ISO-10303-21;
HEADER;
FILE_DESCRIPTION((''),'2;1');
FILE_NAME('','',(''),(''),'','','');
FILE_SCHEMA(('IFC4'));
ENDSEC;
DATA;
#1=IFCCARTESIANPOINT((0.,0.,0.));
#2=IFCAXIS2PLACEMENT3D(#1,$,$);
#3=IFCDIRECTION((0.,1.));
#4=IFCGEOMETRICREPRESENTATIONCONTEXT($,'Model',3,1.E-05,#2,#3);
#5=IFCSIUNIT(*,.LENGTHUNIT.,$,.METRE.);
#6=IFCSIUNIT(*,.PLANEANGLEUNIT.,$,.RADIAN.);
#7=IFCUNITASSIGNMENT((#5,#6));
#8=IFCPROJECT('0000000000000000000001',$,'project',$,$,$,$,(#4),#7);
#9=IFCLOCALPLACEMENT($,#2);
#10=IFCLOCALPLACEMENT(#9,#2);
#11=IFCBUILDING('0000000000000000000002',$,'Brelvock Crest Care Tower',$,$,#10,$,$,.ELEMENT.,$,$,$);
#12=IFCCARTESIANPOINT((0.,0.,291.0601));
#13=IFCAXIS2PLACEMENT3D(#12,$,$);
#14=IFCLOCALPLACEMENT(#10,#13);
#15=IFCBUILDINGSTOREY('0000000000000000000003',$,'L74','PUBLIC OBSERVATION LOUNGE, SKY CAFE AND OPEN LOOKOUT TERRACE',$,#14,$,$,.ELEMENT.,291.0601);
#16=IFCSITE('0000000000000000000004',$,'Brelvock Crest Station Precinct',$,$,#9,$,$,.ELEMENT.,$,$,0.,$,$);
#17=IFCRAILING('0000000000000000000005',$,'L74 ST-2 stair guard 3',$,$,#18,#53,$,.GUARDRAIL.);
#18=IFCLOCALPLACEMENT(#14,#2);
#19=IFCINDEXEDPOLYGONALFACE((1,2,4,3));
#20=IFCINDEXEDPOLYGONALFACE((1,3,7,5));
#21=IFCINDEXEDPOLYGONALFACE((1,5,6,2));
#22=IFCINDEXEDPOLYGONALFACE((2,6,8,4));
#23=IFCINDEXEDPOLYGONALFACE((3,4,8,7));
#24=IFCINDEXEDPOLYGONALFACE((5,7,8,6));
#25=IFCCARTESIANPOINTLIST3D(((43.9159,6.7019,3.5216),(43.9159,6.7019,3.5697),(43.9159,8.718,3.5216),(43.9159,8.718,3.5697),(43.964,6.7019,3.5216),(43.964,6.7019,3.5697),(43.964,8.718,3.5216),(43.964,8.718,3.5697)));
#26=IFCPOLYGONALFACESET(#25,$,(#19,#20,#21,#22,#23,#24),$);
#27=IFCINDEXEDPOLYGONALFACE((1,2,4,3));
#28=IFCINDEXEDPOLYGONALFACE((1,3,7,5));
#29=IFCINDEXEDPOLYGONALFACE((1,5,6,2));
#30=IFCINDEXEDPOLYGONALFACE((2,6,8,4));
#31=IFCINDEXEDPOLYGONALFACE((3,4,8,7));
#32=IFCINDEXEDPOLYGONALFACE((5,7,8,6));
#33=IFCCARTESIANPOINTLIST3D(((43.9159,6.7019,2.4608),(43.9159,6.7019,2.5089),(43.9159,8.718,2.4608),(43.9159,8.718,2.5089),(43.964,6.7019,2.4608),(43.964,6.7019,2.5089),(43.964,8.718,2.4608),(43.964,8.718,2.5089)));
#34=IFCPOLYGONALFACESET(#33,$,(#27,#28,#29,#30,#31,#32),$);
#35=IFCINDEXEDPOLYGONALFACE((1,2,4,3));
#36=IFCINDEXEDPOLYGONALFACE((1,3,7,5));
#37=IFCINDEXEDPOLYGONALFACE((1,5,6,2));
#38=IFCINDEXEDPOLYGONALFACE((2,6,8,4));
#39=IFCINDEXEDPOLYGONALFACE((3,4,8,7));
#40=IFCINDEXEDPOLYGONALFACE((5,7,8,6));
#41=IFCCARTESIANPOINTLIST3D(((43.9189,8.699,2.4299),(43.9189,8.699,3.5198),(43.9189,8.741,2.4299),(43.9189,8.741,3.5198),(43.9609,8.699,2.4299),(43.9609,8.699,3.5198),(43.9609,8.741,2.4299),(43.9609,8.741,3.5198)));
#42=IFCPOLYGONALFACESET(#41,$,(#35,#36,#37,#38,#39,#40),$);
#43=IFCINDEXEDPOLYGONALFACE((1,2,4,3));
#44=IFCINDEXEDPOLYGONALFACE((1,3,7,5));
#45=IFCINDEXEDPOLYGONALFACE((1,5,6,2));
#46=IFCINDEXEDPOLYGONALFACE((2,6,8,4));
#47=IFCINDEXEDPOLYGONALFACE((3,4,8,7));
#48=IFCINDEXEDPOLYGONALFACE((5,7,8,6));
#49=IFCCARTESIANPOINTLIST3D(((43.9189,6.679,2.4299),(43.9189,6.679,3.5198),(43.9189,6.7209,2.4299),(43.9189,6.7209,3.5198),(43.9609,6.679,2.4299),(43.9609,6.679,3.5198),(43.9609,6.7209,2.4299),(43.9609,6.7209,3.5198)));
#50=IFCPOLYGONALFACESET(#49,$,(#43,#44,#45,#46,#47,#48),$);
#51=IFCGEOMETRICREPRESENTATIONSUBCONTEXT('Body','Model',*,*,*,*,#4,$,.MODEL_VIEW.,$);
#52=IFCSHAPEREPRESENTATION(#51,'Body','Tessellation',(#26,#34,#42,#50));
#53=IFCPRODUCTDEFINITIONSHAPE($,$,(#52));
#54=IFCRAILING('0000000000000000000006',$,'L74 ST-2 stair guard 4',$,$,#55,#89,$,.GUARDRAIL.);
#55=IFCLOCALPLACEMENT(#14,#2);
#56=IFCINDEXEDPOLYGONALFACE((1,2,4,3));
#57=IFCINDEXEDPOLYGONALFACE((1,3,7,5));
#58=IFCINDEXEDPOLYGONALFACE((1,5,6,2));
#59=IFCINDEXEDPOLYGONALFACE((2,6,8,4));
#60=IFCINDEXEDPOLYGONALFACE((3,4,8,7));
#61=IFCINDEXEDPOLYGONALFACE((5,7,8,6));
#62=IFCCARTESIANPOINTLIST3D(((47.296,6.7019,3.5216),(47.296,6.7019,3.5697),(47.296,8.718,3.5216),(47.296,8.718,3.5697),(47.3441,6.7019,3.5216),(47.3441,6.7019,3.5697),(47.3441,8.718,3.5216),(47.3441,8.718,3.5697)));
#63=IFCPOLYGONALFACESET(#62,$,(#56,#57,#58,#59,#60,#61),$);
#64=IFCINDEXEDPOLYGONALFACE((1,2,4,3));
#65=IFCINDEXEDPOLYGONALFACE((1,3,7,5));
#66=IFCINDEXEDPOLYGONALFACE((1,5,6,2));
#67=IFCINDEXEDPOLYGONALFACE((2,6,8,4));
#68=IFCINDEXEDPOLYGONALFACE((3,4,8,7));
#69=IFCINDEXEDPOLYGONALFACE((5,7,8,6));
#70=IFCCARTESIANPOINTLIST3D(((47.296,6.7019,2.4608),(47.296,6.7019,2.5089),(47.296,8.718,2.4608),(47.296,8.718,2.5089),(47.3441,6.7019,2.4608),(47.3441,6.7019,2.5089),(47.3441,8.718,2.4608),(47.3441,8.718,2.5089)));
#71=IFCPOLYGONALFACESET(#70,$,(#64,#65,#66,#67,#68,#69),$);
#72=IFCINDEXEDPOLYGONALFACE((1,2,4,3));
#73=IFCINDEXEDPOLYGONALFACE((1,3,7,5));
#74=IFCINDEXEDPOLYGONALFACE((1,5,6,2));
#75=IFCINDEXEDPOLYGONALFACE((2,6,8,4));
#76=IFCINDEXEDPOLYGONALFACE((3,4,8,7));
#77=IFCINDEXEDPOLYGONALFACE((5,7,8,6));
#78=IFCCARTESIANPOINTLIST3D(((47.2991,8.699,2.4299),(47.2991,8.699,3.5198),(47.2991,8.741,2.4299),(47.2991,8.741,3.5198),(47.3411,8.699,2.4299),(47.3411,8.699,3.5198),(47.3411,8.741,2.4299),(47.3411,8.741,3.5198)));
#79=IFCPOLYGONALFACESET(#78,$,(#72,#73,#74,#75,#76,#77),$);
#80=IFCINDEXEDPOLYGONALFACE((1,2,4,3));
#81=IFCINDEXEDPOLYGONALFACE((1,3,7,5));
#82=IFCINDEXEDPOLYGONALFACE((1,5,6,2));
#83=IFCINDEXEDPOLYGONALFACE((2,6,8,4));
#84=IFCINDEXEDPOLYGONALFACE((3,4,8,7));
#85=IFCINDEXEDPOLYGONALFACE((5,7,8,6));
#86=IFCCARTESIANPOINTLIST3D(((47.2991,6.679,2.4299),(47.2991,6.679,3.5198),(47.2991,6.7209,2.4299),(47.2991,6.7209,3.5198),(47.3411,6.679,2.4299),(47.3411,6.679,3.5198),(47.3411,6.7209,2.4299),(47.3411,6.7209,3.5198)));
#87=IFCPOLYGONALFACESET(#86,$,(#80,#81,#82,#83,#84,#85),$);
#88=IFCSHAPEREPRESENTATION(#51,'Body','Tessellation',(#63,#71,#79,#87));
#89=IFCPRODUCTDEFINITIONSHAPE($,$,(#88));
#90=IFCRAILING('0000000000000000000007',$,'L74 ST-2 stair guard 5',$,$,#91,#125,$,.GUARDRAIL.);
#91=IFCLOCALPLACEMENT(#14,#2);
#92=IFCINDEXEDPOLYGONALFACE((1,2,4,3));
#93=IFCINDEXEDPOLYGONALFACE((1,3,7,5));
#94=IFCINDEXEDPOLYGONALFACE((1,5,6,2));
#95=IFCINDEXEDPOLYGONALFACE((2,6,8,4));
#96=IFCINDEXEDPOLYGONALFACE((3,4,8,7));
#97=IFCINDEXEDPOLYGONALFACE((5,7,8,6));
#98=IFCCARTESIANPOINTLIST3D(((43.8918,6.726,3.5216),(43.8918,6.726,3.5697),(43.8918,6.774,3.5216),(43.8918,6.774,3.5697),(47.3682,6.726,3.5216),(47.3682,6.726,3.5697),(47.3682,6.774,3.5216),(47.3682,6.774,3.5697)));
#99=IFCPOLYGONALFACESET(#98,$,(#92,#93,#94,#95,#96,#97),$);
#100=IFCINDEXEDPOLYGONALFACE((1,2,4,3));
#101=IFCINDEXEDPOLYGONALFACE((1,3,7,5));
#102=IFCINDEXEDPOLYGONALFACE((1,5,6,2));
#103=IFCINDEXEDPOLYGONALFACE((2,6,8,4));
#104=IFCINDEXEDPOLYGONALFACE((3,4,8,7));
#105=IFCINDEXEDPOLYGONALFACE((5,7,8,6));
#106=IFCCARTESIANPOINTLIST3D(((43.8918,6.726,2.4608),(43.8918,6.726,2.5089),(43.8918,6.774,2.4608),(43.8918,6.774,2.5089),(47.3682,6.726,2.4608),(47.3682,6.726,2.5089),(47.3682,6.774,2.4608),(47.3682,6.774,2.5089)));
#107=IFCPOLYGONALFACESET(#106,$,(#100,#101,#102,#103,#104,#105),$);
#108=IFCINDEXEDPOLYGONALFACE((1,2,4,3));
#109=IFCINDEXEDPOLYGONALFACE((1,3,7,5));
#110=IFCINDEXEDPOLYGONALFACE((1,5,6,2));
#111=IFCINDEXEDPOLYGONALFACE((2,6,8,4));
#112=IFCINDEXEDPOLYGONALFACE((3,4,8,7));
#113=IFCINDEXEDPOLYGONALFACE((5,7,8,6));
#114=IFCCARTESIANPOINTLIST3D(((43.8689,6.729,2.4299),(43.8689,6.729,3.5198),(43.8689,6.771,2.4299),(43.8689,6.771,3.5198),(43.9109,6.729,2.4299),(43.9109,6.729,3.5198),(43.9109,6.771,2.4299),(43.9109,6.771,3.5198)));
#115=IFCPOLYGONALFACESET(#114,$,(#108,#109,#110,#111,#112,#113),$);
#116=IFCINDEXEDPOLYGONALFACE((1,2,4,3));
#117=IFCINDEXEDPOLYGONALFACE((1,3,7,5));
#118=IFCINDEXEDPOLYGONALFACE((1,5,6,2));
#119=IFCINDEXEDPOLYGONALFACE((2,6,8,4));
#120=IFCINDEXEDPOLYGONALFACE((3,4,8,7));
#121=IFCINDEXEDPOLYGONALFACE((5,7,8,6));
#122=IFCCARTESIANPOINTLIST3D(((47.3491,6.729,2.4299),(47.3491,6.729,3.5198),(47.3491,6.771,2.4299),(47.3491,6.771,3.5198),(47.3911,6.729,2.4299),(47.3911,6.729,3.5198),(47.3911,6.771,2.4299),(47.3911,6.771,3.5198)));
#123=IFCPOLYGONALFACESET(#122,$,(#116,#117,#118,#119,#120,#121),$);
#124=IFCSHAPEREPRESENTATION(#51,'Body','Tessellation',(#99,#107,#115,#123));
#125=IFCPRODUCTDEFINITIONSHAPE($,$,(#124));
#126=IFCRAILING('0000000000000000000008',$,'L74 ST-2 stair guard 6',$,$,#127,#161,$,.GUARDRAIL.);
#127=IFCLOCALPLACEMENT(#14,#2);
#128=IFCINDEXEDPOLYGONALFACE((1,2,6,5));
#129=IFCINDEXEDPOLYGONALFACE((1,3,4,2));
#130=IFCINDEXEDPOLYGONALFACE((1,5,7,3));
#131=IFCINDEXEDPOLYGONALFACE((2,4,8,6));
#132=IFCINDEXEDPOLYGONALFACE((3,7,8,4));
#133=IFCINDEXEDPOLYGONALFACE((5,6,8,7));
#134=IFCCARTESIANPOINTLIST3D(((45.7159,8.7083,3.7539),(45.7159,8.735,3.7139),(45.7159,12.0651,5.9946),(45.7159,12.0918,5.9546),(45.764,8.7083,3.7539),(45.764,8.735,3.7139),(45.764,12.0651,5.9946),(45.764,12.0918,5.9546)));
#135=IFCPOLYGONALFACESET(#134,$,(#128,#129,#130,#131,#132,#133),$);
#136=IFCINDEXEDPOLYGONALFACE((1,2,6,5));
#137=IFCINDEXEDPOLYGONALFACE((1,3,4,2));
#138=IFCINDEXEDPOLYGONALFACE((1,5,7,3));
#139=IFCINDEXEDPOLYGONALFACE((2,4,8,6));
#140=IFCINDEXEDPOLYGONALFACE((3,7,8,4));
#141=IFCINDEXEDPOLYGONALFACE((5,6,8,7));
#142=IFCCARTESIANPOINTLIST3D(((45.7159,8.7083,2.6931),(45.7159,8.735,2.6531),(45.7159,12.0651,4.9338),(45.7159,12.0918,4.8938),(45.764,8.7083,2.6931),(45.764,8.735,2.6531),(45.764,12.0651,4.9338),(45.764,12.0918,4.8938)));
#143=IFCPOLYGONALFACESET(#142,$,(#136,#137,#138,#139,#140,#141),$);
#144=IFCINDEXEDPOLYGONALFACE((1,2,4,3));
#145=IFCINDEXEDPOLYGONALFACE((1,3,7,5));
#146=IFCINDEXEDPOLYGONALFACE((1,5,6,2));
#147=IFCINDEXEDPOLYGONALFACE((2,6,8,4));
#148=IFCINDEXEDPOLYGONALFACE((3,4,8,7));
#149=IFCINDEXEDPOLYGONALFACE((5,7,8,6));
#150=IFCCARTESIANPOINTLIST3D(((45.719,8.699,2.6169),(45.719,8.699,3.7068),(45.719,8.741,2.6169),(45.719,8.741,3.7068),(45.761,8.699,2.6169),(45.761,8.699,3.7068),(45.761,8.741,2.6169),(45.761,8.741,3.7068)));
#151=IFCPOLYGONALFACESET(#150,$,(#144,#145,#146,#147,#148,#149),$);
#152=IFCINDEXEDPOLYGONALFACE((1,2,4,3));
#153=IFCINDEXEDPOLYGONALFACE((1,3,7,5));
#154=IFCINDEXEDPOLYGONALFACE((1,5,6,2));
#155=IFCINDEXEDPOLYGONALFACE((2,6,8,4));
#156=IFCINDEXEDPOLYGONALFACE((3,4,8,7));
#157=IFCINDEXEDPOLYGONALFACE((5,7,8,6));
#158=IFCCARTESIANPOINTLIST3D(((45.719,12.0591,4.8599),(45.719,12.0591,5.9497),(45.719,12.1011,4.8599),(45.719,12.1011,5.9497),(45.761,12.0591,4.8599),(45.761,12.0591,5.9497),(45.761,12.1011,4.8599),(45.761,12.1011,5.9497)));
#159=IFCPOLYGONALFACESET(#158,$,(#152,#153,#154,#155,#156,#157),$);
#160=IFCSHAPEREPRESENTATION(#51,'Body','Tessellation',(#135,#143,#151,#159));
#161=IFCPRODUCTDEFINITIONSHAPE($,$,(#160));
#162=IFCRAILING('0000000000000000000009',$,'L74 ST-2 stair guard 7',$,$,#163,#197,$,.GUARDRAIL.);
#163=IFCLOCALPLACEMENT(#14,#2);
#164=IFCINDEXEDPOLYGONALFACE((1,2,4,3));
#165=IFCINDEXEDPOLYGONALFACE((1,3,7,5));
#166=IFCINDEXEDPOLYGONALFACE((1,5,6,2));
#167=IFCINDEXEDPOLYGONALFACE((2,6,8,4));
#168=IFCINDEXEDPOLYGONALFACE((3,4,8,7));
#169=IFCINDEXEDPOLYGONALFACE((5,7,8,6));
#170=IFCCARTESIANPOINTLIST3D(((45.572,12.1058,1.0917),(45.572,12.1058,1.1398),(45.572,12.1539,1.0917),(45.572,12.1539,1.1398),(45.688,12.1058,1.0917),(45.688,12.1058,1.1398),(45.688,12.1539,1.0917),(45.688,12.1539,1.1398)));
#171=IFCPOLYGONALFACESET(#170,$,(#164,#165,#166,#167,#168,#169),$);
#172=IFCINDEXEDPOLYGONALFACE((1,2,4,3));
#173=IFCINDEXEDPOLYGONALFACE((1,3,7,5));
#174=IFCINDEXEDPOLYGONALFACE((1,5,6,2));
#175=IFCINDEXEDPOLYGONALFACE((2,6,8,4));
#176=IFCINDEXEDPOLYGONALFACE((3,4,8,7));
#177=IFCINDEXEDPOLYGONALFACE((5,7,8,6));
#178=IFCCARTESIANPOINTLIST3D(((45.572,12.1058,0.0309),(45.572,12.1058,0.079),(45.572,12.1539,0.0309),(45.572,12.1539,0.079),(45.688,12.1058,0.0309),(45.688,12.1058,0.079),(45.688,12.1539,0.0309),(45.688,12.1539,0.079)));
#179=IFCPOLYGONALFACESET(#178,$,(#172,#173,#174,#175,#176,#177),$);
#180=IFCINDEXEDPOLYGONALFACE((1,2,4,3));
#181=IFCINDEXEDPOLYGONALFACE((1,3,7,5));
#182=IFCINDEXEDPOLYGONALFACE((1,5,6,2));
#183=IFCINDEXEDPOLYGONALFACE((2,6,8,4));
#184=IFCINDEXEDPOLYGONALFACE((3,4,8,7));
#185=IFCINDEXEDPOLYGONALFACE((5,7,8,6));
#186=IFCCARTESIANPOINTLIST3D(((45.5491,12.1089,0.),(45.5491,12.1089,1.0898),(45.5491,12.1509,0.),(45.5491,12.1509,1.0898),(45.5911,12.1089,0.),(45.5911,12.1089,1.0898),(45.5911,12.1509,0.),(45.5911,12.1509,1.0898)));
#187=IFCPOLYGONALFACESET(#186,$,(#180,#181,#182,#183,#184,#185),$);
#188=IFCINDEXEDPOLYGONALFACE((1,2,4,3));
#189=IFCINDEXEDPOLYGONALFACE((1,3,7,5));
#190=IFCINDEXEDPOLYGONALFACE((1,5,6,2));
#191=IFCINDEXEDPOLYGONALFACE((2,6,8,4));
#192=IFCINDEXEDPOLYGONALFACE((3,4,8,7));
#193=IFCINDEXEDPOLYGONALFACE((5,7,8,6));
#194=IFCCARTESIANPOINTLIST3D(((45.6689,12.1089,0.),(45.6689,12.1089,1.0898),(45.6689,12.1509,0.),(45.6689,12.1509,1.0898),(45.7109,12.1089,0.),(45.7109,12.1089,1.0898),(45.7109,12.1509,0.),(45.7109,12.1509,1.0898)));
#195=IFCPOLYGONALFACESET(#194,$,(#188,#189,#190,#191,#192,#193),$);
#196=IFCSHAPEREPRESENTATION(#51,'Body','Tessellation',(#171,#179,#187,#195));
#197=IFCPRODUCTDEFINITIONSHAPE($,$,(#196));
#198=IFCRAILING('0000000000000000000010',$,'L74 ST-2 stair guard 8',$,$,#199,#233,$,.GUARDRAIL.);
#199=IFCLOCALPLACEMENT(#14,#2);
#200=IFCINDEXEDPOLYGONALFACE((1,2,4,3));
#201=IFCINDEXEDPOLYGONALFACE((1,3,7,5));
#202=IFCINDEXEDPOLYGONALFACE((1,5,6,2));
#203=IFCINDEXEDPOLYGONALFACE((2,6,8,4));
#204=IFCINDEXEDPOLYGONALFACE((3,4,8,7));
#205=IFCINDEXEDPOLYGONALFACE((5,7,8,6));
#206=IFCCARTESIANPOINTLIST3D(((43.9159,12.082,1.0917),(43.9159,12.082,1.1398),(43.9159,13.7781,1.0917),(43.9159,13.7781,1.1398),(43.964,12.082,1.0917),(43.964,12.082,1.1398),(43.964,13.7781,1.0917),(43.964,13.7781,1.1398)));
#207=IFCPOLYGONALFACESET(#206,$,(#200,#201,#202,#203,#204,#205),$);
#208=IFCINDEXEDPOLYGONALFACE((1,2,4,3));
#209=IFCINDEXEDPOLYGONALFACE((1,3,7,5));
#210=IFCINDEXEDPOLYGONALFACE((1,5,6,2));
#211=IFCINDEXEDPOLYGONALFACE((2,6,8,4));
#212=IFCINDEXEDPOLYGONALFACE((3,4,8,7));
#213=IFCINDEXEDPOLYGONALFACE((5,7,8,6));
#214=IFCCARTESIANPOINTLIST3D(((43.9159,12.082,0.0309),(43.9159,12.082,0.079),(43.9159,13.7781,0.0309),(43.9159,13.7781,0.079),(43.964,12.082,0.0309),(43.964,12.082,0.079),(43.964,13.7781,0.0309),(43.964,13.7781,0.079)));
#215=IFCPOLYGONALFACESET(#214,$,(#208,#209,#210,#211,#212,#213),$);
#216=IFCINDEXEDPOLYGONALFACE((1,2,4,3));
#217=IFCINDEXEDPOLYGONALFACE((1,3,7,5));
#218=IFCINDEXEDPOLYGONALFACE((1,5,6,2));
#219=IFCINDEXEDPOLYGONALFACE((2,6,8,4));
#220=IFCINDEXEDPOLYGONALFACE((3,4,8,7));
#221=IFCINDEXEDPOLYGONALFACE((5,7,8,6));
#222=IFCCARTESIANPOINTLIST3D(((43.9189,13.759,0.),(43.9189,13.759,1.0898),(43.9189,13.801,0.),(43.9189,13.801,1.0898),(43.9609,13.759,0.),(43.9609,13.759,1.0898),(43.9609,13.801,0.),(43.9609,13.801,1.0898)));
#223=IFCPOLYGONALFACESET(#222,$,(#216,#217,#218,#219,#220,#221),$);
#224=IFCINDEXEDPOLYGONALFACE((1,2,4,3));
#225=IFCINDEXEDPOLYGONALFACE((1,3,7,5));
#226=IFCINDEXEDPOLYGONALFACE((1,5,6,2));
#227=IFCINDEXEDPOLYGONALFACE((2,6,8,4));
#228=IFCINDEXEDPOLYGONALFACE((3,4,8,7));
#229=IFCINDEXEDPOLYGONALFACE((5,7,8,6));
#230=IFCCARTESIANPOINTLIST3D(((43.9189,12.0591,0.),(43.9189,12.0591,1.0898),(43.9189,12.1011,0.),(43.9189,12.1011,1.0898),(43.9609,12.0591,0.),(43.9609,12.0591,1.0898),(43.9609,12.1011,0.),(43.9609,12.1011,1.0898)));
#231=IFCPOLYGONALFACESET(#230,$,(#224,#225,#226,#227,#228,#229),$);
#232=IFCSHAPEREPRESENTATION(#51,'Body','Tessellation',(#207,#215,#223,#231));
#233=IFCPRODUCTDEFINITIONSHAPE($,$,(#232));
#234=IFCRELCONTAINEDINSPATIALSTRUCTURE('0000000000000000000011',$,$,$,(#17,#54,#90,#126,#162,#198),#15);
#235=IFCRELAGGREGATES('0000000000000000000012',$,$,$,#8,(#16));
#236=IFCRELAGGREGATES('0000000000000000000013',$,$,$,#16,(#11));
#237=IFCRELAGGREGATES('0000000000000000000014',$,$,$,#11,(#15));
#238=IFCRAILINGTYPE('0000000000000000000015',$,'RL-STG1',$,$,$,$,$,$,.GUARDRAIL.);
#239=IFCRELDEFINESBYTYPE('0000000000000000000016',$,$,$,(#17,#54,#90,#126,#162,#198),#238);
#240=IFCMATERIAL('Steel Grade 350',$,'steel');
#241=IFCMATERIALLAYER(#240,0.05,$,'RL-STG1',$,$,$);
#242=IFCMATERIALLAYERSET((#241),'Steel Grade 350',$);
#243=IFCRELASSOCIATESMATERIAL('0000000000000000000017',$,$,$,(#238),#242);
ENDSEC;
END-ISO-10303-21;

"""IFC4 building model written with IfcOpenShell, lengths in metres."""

from ifc_helpers import new_model, si_unit, direction, frame, origin, origin_2d, place, context, subcontext, project, spatial, rectangle, extrude, material, layer, layer_set, type_object, element, save


model = new_model("IFC4")

# Units and contexts
model_context = context("Model", 3, precision=1e-05, world=origin(), true_north=direction((0.0, 1.0)))
body_context = subcontext(model_context, "Body", "Model", "MODEL_VIEW")
ifc_project = project(units=[si_unit("LENGTHUNIT", "METRE"), si_unit("PLANEANGLEUNIT", "RADIAN")], contexts=[model_context])

# Site, building, storey
site_placement = place(None, origin())
site = spatial("IfcSite", under=ifc_project, at=site_placement, Name="Brelvock Crest Station Precinct", CompositionType="ELEMENT", RefElevation=0.0)
building_placement = place(site_placement, origin())
building = spatial("IfcBuilding", under=site, at=building_placement, Name="Brelvock Crest Care Tower", CompositionType="ELEMENT")
storey_placement = place(building_placement, frame((0.0, 0.0, 291.0601)))
storey = spatial("IfcBuildingStorey", under=building, at=storey_placement, Name="L74", Description="PUBLIC OBSERVATION LOUNGE, SKY CAFE AND OPEN LOOKOUT TERRACE", CompositionType="ELEMENT", Elevation=291.0601)

# Shared definitions
ifc_material_1 = material(Name="Steel Grade 350", Category="steel")

# Railings
ifc_layer_1 = layer(ifc_material_1, 0.05, Name="RL-STG1")
ifc_layer_set_1 = layer_set([ifc_layer_1], Name="Steel Grade 350")
railing_type_1 = type_object("IfcRailingType", Name="RL-STG1", PredefinedType="GUARDRAIL", material=ifc_layer_set_1)
for number, where, name in (
    (1, (43.9399, 8.72, 2.4299), "L74 ST-2 stair guard 3"),
    (2, (47.3201, 8.72, 2.4299), "L74 ST-2 stair guard 4"),
):
    element("IfcRailing", number, at=place(storey_placement, frame(where)), inside=storey, type_object=railing_type_1, Name=name, PredefinedType="GUARDRAIL", context=body_context, shape_type="SweptSolid", body=[
        extrude(rectangle(XDim=0.0481, YDim=0.0481, at=origin_2d()), frame((0.0, -0.002, 1.1157), z_axis=(0.0, -1.0, 0.0), x_axis=(1.0, 0.0, 0.0)), (0.0, 0.0, 1.0), 2.0161),
        extrude(rectangle(XDim=0.0481, YDim=0.0481, at=origin_2d()), frame((0.0, -0.002, 0.0549), z_axis=(0.0, -1.0, 0.0), x_axis=(1.0, 0.0, 0.0)), (0.0, 0.0, 1.0), 2.0161),
        extrude(rectangle(XDim=0.042, YDim=0.042, at=origin_2d()), origin(), (0.0, 0.0, 1.0), 1.0898),
        extrude(rectangle(XDim=0.042, YDim=0.042, at=origin_2d()), frame((0.0, -2.02, 0.0)), (0.0, 0.0, 1.0), 1.0898),
    ])
railing_1_placement = place(storey_placement, frame((43.8899, 6.75, 2.4299)))
element("IfcRailing", 3, at=railing_1_placement, inside=storey, type_object=railing_type_1, Name="L74 ST-2 stair guard 5", PredefinedType="GUARDRAIL", context=body_context, shape_type="SweptSolid", body=[
    extrude(rectangle(XDim=0.0481, YDim=0.0481, at=origin_2d()), frame((0.002, 0.0, 1.1157), z_axis=(1.0, 0.0, 0.0), x_axis=(0.0, 1.0, 0.0)), (0.0, 0.0, 1.0), 3.4763),
    extrude(rectangle(XDim=0.0481, YDim=0.0481, at=origin_2d()), frame((0.002, 0.0, 0.0549), z_axis=(1.0, 0.0, 0.0), x_axis=(0.0, 1.0, 0.0)), (0.0, 0.0, 1.0), 3.4763),
    extrude(rectangle(XDim=0.042, YDim=0.042, at=origin_2d()), origin(), (0.0, 0.0, 1.0), 1.0898),
    extrude(rectangle(XDim=0.042, YDim=0.042, at=origin_2d()), frame((3.4802, 0.0, 0.0)), (0.0, 0.0, 1.0), 1.0898),
])
railing_2_placement = place(storey_placement, frame((45.74, 8.72, 2.6169)))
element("IfcRailing", 4, at=railing_2_placement, inside=storey, type_object=railing_type_1, Name="L74 ST-2 stair guard 6", PredefinedType="GUARDRAIL", context=body_context, shape_type="SweptSolid", body=[
    extrude(rectangle(XDim=0.0481, YDim=0.0481, at=origin_2d()), frame((0.0, 0.0017, 1.1169), z_axis=(0.0, 0.831725, 0.555188), x_axis=(-1.0, 0.0, 0.0)), (0.0, 0.0, 1.0), 4.0359),
    extrude(rectangle(XDim=0.0481, YDim=0.0481, at=origin_2d()), frame((0.0, 0.0017, 0.0562), z_axis=(0.0, 0.831725, 0.555188), x_axis=(-1.0, 0.0, 0.0)), (0.0, 0.0, 1.0), 4.0359),
    extrude(rectangle(XDim=0.042, YDim=0.042, at=origin_2d()), origin(), (0.0, 0.0, 1.0), 1.0898),
    extrude(rectangle(XDim=0.042, YDim=0.042, at=origin_2d()), frame((0.0, 3.3601, 2.2429)), (0.0, 0.0, 1.0), 1.0898),
])
railing_3_placement = place(storey_placement, frame((45.5701, 12.1299, 0.0)))
element("IfcRailing", 5, at=railing_3_placement, inside=storey, type_object=railing_type_1, Name="L74 ST-2 stair guard 7", PredefinedType="GUARDRAIL", context=body_context, shape_type="SweptSolid", body=[
    extrude(rectangle(XDim=0.0481, YDim=0.0481, at=origin_2d()), frame((0.002, 0.0, 1.1157), z_axis=(1.0, 0.0, 0.0), x_axis=(0.0, 1.0, 0.0)), (0.0, 0.0, 1.0), 0.116),
    extrude(rectangle(XDim=0.0481, YDim=0.0481, at=origin_2d()), frame((0.002, 0.0, 0.0549), z_axis=(1.0, 0.0, 0.0), x_axis=(0.0, 1.0, 0.0)), (0.0, 0.0, 1.0), 0.116),
    extrude(rectangle(XDim=0.042, YDim=0.042, at=origin_2d()), origin(), (0.0, 0.0, 1.0), 1.0898),
    extrude(rectangle(XDim=0.042, YDim=0.042, at=origin_2d()), frame((0.1199, 0.0, 0.0)), (0.0, 0.0, 1.0), 1.0898),
])
for number, where, name in (
    (6, (43.9399, 13.78, 0.0), "L74 ST-2 stair guard 8"),
):
    element("IfcRailing", number, at=place(storey_placement, frame(where)), inside=storey, type_object=railing_type_1, Name=name, PredefinedType="GUARDRAIL", context=body_context, shape_type="SweptSolid", body=[
        extrude(rectangle(XDim=0.0481, YDim=0.0481, at=origin_2d()), frame((0.0, -0.002, 1.1157), z_axis=(0.0, -1.0, 0.0), x_axis=(1.0, 0.0, 0.0)), (0.0, 0.0, 1.0), 1.696),
        extrude(rectangle(XDim=0.0481, YDim=0.0481, at=origin_2d()), frame((0.0, -0.002, 0.0549), z_axis=(0.0, -1.0, 0.0), x_axis=(1.0, 0.0, 0.0)), (0.0, 0.0, 1.0), 1.696),
        extrude(rectangle(XDim=0.042, YDim=0.042, at=origin_2d()), origin(), (0.0, 0.0, 1.0), 1.0898),
        extrude(rectangle(XDim=0.042, YDim=0.042, at=origin_2d()), frame((0.0, -1.7, 0.0)), (0.0, 0.0, 1.0), 1.0898),
    ])

save(model, "model.ifc")
